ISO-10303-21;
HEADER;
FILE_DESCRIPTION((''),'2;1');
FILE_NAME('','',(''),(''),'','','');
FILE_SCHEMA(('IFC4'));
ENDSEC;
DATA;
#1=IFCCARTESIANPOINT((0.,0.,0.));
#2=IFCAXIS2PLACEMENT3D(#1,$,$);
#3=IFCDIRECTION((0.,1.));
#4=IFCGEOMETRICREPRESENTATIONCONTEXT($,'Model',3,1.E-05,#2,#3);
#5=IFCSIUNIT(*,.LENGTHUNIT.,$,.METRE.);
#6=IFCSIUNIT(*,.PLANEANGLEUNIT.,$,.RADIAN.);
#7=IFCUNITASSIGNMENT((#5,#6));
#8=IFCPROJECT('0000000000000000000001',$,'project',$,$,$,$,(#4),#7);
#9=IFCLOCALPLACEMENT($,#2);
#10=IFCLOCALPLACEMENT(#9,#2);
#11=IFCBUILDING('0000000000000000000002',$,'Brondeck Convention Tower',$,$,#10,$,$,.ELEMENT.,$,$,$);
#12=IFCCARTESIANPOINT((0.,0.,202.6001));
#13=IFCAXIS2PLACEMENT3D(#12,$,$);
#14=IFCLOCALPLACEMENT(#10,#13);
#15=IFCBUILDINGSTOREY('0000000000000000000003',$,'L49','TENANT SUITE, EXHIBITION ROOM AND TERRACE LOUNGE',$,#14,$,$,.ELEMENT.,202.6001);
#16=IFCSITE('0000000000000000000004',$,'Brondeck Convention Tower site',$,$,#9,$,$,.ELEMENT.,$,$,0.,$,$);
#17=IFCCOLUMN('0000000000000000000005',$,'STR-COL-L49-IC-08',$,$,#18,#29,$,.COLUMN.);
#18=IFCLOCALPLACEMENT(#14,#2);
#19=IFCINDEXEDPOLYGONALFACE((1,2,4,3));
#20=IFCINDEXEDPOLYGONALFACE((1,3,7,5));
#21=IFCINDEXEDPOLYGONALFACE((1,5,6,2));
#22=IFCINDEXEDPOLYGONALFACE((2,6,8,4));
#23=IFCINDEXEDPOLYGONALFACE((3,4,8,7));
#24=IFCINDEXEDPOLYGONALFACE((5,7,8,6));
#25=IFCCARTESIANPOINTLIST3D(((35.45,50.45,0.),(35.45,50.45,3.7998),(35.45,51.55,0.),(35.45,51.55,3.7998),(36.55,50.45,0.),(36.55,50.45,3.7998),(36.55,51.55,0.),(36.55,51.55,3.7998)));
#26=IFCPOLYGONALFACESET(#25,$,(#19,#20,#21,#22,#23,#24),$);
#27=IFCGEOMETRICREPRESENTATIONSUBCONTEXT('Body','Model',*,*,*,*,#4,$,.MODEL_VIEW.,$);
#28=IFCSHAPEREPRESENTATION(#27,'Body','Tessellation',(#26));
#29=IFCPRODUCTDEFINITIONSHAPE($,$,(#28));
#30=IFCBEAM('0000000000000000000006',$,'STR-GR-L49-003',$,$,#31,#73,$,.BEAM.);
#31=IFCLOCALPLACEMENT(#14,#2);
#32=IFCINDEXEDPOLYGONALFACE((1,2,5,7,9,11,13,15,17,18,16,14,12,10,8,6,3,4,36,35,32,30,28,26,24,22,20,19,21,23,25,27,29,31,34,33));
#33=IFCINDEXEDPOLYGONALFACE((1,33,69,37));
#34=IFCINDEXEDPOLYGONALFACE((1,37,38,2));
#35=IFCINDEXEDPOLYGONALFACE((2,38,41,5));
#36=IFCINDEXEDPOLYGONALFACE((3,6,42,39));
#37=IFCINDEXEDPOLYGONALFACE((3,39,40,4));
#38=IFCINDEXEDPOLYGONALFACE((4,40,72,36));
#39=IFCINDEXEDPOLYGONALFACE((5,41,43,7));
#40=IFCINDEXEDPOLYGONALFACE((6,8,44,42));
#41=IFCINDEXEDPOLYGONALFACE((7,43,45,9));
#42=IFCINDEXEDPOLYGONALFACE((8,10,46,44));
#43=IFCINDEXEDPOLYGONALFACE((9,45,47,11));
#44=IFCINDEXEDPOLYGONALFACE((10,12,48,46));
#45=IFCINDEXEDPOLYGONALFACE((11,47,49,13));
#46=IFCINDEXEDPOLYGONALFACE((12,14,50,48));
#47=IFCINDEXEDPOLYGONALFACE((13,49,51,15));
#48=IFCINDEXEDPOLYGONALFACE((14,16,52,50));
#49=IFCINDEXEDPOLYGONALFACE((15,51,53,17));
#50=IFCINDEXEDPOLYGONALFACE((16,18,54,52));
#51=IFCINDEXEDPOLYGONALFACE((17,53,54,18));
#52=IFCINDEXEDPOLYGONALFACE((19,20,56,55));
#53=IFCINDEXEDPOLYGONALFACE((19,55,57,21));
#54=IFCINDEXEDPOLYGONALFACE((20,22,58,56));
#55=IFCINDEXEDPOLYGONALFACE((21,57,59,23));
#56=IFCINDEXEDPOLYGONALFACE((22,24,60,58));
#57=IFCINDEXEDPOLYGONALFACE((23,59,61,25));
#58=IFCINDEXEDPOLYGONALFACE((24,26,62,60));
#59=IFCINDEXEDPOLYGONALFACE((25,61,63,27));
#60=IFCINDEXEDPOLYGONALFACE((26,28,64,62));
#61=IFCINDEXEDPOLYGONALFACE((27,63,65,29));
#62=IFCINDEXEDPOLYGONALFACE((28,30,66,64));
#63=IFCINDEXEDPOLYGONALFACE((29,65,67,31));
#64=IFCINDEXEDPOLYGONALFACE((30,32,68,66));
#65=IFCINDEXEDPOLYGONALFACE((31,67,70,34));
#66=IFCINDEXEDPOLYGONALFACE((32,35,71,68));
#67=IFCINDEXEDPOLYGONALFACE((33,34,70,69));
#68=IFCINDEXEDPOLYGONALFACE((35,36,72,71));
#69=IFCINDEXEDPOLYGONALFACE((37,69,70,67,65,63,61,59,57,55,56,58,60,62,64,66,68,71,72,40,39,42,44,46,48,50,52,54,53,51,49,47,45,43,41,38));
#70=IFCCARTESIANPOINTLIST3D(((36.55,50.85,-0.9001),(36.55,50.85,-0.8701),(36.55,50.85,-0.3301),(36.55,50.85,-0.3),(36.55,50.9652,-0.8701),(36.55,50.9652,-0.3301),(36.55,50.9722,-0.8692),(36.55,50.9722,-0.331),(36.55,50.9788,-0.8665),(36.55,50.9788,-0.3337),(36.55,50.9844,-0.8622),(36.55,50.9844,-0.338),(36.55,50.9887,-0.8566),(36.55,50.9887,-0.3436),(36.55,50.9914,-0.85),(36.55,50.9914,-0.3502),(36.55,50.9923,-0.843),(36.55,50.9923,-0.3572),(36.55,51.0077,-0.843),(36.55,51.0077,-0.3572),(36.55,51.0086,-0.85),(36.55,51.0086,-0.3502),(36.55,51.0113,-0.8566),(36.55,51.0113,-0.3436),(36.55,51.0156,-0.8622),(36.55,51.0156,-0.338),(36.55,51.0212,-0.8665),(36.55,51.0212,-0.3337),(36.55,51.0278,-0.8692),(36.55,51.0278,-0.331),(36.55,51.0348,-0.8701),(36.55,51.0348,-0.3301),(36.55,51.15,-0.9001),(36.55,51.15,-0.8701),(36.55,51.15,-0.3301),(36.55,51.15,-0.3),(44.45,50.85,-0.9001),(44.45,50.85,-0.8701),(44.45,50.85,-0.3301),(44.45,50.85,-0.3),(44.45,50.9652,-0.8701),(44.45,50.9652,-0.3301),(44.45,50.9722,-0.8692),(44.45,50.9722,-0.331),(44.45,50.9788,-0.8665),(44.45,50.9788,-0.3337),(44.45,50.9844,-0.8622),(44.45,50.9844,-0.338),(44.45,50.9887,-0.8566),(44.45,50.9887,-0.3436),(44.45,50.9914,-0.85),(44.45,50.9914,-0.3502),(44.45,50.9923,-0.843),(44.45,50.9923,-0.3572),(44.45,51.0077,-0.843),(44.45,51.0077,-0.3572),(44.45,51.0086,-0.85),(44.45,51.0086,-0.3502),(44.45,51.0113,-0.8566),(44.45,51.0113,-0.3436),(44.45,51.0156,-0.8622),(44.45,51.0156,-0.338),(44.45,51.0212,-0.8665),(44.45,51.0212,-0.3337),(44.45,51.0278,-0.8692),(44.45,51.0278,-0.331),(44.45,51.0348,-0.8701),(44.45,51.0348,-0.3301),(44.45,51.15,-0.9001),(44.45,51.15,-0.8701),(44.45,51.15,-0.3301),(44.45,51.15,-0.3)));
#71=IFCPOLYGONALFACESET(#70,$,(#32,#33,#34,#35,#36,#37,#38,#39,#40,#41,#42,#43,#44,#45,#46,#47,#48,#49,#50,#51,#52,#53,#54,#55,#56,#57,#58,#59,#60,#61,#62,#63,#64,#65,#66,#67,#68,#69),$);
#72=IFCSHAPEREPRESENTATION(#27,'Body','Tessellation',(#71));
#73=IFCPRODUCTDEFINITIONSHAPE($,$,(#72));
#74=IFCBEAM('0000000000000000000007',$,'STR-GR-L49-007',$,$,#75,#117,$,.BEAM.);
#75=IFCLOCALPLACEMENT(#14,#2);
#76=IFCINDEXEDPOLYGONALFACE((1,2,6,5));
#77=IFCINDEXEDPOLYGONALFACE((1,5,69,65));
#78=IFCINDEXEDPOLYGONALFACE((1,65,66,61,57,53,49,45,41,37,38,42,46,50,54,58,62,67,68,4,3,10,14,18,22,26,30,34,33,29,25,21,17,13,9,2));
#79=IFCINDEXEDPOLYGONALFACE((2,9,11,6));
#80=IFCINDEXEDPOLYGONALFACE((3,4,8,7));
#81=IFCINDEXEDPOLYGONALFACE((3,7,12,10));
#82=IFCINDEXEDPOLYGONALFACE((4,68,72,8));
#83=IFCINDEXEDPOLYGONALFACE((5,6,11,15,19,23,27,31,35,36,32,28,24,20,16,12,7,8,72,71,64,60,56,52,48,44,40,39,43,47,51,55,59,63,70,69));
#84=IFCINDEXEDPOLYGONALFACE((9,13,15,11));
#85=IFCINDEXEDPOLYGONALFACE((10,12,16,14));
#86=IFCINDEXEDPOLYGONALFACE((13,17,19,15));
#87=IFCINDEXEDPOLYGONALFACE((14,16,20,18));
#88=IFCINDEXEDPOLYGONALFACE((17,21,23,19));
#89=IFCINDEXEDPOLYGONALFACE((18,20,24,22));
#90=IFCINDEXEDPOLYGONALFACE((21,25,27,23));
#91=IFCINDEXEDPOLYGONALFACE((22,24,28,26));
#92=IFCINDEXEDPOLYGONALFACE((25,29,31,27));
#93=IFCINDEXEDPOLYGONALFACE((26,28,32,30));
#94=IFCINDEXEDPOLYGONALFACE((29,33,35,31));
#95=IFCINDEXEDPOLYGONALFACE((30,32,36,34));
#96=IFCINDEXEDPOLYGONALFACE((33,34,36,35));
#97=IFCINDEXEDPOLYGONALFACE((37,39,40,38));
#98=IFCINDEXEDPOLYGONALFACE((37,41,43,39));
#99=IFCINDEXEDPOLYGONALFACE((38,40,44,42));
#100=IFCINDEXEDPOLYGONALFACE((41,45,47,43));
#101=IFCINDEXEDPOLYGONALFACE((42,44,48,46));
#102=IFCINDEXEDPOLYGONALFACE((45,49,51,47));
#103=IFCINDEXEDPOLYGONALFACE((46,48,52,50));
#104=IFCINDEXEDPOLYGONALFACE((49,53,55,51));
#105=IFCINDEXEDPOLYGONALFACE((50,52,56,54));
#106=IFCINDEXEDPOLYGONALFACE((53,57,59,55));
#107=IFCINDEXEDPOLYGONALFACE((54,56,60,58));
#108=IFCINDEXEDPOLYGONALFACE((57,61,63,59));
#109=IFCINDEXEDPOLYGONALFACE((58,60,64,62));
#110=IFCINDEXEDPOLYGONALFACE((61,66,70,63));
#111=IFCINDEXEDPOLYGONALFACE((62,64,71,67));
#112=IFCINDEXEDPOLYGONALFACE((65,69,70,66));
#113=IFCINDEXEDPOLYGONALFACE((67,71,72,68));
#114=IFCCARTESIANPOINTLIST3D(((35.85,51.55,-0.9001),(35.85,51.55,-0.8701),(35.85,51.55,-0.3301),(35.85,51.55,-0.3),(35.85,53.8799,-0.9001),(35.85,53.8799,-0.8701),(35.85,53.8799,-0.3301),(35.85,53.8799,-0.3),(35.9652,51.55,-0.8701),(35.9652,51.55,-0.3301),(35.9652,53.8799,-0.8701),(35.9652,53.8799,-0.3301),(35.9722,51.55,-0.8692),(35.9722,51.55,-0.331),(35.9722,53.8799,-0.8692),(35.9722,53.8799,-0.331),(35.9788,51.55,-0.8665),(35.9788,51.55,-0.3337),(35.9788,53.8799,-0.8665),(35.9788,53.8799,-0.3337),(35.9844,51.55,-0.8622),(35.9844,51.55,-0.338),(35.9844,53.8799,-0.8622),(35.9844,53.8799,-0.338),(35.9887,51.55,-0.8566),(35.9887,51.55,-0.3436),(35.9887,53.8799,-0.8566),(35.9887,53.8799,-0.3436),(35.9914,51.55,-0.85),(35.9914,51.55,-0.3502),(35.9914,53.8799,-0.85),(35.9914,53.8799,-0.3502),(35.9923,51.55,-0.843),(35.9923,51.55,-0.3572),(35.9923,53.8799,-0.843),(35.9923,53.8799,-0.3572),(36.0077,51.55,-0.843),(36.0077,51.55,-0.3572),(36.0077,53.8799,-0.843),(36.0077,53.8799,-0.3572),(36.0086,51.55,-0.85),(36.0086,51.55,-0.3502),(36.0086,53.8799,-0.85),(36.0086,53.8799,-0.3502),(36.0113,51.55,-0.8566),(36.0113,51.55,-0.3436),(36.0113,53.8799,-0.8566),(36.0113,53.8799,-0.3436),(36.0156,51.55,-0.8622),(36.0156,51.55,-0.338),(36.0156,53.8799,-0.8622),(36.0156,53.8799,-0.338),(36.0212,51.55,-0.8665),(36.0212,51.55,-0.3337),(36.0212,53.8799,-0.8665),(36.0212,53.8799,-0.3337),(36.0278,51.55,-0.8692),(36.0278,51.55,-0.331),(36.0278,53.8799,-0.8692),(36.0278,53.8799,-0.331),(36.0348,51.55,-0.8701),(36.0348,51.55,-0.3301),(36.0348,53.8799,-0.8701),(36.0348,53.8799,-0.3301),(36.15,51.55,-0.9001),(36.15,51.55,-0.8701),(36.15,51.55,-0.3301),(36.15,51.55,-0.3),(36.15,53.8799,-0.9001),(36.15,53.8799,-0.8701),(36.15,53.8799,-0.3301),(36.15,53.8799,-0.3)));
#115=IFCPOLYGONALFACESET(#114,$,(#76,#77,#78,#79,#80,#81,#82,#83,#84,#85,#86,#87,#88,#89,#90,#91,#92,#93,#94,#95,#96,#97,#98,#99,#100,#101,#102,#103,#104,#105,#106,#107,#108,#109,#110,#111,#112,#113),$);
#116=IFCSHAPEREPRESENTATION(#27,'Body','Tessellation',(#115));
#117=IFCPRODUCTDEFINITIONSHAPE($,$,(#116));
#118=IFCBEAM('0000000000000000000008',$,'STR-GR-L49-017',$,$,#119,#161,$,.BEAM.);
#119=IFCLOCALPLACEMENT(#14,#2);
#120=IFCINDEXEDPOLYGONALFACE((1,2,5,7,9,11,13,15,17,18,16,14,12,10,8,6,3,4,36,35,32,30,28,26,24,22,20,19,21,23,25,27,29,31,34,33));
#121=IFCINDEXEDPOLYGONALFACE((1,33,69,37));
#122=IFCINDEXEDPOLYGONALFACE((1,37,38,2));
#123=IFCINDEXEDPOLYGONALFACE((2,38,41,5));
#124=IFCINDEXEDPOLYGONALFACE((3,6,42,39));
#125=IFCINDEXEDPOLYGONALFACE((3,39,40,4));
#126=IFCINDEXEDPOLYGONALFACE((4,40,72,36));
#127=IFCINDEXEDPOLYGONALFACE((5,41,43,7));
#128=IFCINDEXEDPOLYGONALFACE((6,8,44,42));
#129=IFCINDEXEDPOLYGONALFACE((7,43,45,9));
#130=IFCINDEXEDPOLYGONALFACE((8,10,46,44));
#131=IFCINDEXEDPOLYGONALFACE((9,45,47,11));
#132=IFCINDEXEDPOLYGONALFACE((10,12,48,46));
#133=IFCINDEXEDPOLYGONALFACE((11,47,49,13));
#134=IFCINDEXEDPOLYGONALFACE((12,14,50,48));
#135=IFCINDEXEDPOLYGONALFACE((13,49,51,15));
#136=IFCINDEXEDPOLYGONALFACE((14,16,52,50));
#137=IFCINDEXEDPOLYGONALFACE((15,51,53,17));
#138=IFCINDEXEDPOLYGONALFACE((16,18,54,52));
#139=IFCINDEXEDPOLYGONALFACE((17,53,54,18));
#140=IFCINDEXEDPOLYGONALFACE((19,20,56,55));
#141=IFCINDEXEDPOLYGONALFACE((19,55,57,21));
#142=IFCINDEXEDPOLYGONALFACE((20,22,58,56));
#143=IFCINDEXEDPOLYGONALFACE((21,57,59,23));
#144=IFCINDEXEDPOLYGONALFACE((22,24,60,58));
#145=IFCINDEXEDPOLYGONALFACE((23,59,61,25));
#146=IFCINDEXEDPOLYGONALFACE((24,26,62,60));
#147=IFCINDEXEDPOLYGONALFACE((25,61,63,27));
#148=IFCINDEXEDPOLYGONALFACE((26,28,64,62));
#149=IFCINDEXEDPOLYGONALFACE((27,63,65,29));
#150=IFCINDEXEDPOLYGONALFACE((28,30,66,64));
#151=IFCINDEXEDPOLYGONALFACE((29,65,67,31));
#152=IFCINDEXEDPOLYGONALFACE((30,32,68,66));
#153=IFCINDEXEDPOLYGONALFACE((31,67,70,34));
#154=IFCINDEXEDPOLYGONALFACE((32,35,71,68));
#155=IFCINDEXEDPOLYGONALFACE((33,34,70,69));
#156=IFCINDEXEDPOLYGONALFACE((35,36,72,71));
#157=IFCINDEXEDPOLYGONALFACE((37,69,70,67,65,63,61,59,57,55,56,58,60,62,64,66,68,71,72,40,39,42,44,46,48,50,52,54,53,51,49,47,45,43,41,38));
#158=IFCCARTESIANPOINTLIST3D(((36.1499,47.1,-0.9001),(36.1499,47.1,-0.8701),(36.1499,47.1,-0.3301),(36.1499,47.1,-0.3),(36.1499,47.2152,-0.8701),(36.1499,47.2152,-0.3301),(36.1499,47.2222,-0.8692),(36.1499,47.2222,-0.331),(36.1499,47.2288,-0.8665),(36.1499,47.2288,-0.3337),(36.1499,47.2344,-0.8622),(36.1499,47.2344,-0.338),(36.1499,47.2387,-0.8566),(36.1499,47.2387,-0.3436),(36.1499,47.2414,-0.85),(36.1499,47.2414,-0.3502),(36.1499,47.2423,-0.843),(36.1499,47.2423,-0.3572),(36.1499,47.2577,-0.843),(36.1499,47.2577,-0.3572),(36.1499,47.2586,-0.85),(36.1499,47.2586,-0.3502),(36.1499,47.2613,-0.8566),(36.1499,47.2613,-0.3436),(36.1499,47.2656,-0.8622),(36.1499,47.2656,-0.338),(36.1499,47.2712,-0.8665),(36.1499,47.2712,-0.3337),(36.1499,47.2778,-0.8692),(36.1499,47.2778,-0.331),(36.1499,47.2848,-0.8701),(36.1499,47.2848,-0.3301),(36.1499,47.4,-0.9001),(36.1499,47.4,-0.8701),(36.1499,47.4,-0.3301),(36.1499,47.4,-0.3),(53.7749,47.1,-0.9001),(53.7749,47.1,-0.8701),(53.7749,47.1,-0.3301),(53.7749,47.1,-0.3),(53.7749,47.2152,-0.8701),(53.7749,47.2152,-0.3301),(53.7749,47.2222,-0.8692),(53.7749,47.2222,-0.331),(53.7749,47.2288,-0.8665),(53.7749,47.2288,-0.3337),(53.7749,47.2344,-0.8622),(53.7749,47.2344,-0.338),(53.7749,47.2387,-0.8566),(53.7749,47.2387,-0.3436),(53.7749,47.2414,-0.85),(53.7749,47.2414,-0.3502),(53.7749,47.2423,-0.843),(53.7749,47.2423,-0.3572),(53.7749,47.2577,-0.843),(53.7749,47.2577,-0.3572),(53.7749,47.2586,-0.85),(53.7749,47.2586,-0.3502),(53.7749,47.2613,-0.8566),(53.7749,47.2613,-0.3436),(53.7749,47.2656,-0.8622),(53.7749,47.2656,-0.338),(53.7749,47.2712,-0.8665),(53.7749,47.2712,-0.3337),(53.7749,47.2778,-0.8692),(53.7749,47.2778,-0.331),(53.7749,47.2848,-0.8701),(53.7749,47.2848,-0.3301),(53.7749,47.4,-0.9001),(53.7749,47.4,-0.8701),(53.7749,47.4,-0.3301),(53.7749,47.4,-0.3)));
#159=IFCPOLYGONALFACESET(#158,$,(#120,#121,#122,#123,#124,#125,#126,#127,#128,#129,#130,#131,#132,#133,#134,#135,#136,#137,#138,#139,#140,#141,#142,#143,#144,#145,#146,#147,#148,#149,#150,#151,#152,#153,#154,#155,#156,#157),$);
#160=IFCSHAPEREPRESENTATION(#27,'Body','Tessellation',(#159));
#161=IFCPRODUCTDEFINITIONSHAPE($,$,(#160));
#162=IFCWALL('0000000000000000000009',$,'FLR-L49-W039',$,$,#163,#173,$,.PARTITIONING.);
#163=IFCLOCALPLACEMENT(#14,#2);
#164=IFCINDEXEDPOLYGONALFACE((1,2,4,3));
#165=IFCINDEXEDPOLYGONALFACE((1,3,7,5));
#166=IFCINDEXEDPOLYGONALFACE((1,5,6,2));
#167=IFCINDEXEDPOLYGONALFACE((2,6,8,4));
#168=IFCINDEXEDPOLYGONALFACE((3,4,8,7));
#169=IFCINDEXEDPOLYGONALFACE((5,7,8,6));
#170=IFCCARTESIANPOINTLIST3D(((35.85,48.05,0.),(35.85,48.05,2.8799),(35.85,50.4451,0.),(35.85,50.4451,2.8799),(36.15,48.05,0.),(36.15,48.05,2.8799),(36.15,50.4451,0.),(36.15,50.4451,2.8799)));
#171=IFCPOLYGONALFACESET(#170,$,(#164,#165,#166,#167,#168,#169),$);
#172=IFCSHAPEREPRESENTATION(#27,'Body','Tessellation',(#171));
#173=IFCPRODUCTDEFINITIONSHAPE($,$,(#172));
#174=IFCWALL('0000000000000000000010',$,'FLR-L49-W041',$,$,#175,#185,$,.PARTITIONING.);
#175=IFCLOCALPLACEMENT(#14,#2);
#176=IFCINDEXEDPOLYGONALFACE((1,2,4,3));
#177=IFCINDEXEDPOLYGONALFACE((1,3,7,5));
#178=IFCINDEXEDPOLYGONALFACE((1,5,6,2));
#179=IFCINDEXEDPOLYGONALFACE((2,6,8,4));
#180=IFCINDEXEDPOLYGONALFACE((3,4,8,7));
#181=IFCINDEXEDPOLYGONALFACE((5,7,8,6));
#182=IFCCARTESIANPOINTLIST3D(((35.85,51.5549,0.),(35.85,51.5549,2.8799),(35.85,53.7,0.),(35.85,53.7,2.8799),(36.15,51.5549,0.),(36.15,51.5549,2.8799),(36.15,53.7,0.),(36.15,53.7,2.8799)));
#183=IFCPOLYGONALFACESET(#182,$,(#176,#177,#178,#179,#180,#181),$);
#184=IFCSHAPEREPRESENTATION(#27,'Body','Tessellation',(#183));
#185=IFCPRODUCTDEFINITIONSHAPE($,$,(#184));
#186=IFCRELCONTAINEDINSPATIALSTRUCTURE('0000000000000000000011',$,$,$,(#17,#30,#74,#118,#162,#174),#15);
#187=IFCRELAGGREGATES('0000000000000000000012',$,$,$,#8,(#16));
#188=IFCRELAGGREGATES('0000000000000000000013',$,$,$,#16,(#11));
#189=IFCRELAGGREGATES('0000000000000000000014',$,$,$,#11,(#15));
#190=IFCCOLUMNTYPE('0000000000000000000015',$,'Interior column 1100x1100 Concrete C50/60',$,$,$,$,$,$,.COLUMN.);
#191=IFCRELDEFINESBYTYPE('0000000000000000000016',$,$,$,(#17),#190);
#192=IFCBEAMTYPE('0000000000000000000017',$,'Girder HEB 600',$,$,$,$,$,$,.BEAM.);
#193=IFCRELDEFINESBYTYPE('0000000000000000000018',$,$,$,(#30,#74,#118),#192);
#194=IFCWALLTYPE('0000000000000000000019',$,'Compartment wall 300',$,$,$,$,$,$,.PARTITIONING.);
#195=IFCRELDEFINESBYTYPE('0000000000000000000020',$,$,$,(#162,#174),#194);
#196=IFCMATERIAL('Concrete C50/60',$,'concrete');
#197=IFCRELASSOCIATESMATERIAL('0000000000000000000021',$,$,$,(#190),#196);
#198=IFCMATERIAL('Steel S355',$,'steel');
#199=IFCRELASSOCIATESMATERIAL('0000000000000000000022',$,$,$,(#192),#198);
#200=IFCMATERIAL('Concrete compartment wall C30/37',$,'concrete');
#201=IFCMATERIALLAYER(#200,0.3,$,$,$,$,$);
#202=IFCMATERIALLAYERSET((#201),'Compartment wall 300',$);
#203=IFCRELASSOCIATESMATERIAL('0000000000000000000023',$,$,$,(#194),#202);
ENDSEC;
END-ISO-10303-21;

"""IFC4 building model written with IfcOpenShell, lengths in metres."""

from ifc_helpers import new_model, si_unit, direction, frame, frame_2d, origin, origin_2d, place, context, subcontext, project, spatial, rectangle, i_section, extrude, material, layer, layer_set, material_profile, profile_set, type_object, element, save


model = new_model("IFC4")

# Units and contexts
model_context = context("Model", 3, precision=1e-05, world=origin(), true_north=direction((0.0, 1.0)))
body_context = subcontext(model_context, "Body", "Model", "MODEL_VIEW")
ifc_project = project(units=[si_unit("LENGTHUNIT", "METRE"), si_unit("PLANEANGLEUNIT", "RADIAN")], contexts=[model_context])

# Site, building, storey
site_placement = place(None, origin())
site = spatial("IfcSite", under=ifc_project, at=site_placement, Name="Brondeck Convention Tower site", CompositionType="ELEMENT", RefElevation=0.0)
building_placement = place(site_placement, origin())
building = spatial("IfcBuilding", under=site, at=building_placement, Name="Brondeck Convention Tower", CompositionType="ELEMENT")
storey_placement = place(building_placement, frame((0.0, 0.0, 202.6001)))
storey = spatial("IfcBuildingStorey", under=building, at=storey_placement, Name="L49", Description="TENANT SUITE, EXHIBITION ROOM AND TERRACE LOUNGE", CompositionType="ELEMENT", Elevation=202.6001)

# Column
ifc_material_1 = material(Name="Concrete C50/60", Category="concrete")
ifc_material_profile_1 = material_profile(ifc_material_1, rectangle(XDim=1.1001, YDim=1.1001, at=origin_2d()), Name="Interior column 1100x1100 Concrete C50/60")
ifc_profile_set_1 = profile_set([ifc_material_profile_1], Name="Concrete C50/60")
column_type = type_object("IfcColumnType", Name="Interior column 1100x1100 Concrete C50/60", PredefinedType="COLUMN", material=ifc_profile_set_1)
column_placement = place(storey_placement, frame((36.0, 51.0, 0.0), z_axis=(0.0, 0.0, 1.0), x_axis=(1.0, 0.0, 0.0)))
element("IfcColumn", 1, at=column_placement, inside=storey, type_object=column_type, Name="STR-COL-L49-IC-08", PredefinedType="COLUMN", context=body_context, shape_type="SweptSolid", body=[
    extrude(rectangle(XDim=1.1001, YDim=1.1001, at=origin_2d()), origin(), (0.0, 0.0, 1.0), 3.7998),
])

# Beams
ifc_material_2 = material(Name="Steel S355", Category="steel")
ifc_material_profile_2 = material_profile(ifc_material_2, i_section(OverallWidth=0.3, OverallDepth=0.6001, WebThickness=0.0154, FlangeThickness=0.03, FilletRadius=0.0271, at=origin_2d()), Name="HEB 600")
ifc_profile_set_2 = profile_set([ifc_material_profile_2], Name="Steel S355")
beam_type = type_object("IfcBeamType", Name="Girder HEB 600", PredefinedType="BEAM", material=ifc_profile_set_2)
beam_1_placement = place(storey_placement, frame((36.55, 51.0, -0.6001), z_axis=(1.0, 0.0, 0.0), x_axis=(0.0, 1.0, 0.0)))
element("IfcBeam", 2, at=beam_1_placement, inside=storey, type_object=beam_type, Name="STR-GR-L49-003", PredefinedType="BEAM", context=body_context, shape_type="SweptSolid", body=[
    extrude(i_section(OverallWidth=0.3, OverallDepth=0.6001, WebThickness=0.0154, FlangeThickness=0.03, FilletRadius=0.0271, at=origin_2d()), origin(), (0.0, 0.0, 1.0), 7.8999),
])
beam_2_placement = place(storey_placement, frame((36.0, 51.55, -0.6001), z_axis=(0.0, 1.0, 0.0), x_axis=(-1.0, 0.0, 0.0)))
element("IfcBeam", 3, at=beam_2_placement, inside=storey, type_object=beam_type, Name="STR-GR-L49-007", PredefinedType="BEAM", context=body_context, shape_type="SweptSolid", body=[
    extrude(i_section(OverallWidth=0.3, OverallDepth=0.6001, WebThickness=0.0154, FlangeThickness=0.03, FilletRadius=0.0271, at=origin_2d()), origin(), (0.0, 0.0, 1.0), 2.3298),
])
beam_3_placement = place(storey_placement, frame((36.1499, 47.25, -0.6001), z_axis=(1.0, 0.0, 0.0), x_axis=(0.0, 1.0, 0.0)))
element("IfcBeam", 4, at=beam_3_placement, inside=storey, type_object=beam_type, Name="STR-GR-L49-017", PredefinedType="BEAM", context=body_context, shape_type="SweptSolid", body=[
    extrude(i_section(OverallWidth=0.3, OverallDepth=0.6001, WebThickness=0.0154, FlangeThickness=0.03, FilletRadius=0.0271, at=origin_2d()), origin(), (0.0, 0.0, 1.0), 17.625),
])

# Walls
ifc_material_3 = material(Name="Concrete compartment wall C30/37", Category="concrete")
ifc_layer_1 = layer(ifc_material_3, 0.3)
ifc_layer_set_1 = layer_set([ifc_layer_1], Name="Compartment wall 300")
wall_type_1 = type_object("IfcWallType", Name="Compartment wall 300", PredefinedType="PARTITIONING", material=ifc_layer_set_1)
wall_1_placement = place(storey_placement, frame((36.0, 48.05, 0.0), z_axis=(0.0, 0.0, 1.0), x_axis=(0.0, 1.0, 0.0)))
element("IfcWall", 5, at=wall_1_placement, inside=storey, type_object=wall_type_1, Name="FLR-L49-W039", PredefinedType="PARTITIONING", context=body_context, shape_type="SweptSolid", body=[
    extrude(rectangle(XDim=2.395, YDim=0.3, at=frame_2d((1.1975, 0.0))), origin(), (0.0, 0.0, 1.0), 2.8799),
])
wall_2_placement = place(storey_placement, frame((36.0, 51.5549, 0.0), z_axis=(0.0, 0.0, 1.0), x_axis=(0.0, 1.0, 0.0)))
element("IfcWall", 6, at=wall_2_placement, inside=storey, type_object=wall_type_1, Name="FLR-L49-W041", PredefinedType="PARTITIONING", context=body_context, shape_type="SweptSolid", body=[
    extrude(rectangle(XDim=2.145, YDim=0.3, at=frame_2d((1.0725, 0.0))), origin(), (0.0, 0.0, 1.0), 2.8799),
])

save(model, "model.ifc")
